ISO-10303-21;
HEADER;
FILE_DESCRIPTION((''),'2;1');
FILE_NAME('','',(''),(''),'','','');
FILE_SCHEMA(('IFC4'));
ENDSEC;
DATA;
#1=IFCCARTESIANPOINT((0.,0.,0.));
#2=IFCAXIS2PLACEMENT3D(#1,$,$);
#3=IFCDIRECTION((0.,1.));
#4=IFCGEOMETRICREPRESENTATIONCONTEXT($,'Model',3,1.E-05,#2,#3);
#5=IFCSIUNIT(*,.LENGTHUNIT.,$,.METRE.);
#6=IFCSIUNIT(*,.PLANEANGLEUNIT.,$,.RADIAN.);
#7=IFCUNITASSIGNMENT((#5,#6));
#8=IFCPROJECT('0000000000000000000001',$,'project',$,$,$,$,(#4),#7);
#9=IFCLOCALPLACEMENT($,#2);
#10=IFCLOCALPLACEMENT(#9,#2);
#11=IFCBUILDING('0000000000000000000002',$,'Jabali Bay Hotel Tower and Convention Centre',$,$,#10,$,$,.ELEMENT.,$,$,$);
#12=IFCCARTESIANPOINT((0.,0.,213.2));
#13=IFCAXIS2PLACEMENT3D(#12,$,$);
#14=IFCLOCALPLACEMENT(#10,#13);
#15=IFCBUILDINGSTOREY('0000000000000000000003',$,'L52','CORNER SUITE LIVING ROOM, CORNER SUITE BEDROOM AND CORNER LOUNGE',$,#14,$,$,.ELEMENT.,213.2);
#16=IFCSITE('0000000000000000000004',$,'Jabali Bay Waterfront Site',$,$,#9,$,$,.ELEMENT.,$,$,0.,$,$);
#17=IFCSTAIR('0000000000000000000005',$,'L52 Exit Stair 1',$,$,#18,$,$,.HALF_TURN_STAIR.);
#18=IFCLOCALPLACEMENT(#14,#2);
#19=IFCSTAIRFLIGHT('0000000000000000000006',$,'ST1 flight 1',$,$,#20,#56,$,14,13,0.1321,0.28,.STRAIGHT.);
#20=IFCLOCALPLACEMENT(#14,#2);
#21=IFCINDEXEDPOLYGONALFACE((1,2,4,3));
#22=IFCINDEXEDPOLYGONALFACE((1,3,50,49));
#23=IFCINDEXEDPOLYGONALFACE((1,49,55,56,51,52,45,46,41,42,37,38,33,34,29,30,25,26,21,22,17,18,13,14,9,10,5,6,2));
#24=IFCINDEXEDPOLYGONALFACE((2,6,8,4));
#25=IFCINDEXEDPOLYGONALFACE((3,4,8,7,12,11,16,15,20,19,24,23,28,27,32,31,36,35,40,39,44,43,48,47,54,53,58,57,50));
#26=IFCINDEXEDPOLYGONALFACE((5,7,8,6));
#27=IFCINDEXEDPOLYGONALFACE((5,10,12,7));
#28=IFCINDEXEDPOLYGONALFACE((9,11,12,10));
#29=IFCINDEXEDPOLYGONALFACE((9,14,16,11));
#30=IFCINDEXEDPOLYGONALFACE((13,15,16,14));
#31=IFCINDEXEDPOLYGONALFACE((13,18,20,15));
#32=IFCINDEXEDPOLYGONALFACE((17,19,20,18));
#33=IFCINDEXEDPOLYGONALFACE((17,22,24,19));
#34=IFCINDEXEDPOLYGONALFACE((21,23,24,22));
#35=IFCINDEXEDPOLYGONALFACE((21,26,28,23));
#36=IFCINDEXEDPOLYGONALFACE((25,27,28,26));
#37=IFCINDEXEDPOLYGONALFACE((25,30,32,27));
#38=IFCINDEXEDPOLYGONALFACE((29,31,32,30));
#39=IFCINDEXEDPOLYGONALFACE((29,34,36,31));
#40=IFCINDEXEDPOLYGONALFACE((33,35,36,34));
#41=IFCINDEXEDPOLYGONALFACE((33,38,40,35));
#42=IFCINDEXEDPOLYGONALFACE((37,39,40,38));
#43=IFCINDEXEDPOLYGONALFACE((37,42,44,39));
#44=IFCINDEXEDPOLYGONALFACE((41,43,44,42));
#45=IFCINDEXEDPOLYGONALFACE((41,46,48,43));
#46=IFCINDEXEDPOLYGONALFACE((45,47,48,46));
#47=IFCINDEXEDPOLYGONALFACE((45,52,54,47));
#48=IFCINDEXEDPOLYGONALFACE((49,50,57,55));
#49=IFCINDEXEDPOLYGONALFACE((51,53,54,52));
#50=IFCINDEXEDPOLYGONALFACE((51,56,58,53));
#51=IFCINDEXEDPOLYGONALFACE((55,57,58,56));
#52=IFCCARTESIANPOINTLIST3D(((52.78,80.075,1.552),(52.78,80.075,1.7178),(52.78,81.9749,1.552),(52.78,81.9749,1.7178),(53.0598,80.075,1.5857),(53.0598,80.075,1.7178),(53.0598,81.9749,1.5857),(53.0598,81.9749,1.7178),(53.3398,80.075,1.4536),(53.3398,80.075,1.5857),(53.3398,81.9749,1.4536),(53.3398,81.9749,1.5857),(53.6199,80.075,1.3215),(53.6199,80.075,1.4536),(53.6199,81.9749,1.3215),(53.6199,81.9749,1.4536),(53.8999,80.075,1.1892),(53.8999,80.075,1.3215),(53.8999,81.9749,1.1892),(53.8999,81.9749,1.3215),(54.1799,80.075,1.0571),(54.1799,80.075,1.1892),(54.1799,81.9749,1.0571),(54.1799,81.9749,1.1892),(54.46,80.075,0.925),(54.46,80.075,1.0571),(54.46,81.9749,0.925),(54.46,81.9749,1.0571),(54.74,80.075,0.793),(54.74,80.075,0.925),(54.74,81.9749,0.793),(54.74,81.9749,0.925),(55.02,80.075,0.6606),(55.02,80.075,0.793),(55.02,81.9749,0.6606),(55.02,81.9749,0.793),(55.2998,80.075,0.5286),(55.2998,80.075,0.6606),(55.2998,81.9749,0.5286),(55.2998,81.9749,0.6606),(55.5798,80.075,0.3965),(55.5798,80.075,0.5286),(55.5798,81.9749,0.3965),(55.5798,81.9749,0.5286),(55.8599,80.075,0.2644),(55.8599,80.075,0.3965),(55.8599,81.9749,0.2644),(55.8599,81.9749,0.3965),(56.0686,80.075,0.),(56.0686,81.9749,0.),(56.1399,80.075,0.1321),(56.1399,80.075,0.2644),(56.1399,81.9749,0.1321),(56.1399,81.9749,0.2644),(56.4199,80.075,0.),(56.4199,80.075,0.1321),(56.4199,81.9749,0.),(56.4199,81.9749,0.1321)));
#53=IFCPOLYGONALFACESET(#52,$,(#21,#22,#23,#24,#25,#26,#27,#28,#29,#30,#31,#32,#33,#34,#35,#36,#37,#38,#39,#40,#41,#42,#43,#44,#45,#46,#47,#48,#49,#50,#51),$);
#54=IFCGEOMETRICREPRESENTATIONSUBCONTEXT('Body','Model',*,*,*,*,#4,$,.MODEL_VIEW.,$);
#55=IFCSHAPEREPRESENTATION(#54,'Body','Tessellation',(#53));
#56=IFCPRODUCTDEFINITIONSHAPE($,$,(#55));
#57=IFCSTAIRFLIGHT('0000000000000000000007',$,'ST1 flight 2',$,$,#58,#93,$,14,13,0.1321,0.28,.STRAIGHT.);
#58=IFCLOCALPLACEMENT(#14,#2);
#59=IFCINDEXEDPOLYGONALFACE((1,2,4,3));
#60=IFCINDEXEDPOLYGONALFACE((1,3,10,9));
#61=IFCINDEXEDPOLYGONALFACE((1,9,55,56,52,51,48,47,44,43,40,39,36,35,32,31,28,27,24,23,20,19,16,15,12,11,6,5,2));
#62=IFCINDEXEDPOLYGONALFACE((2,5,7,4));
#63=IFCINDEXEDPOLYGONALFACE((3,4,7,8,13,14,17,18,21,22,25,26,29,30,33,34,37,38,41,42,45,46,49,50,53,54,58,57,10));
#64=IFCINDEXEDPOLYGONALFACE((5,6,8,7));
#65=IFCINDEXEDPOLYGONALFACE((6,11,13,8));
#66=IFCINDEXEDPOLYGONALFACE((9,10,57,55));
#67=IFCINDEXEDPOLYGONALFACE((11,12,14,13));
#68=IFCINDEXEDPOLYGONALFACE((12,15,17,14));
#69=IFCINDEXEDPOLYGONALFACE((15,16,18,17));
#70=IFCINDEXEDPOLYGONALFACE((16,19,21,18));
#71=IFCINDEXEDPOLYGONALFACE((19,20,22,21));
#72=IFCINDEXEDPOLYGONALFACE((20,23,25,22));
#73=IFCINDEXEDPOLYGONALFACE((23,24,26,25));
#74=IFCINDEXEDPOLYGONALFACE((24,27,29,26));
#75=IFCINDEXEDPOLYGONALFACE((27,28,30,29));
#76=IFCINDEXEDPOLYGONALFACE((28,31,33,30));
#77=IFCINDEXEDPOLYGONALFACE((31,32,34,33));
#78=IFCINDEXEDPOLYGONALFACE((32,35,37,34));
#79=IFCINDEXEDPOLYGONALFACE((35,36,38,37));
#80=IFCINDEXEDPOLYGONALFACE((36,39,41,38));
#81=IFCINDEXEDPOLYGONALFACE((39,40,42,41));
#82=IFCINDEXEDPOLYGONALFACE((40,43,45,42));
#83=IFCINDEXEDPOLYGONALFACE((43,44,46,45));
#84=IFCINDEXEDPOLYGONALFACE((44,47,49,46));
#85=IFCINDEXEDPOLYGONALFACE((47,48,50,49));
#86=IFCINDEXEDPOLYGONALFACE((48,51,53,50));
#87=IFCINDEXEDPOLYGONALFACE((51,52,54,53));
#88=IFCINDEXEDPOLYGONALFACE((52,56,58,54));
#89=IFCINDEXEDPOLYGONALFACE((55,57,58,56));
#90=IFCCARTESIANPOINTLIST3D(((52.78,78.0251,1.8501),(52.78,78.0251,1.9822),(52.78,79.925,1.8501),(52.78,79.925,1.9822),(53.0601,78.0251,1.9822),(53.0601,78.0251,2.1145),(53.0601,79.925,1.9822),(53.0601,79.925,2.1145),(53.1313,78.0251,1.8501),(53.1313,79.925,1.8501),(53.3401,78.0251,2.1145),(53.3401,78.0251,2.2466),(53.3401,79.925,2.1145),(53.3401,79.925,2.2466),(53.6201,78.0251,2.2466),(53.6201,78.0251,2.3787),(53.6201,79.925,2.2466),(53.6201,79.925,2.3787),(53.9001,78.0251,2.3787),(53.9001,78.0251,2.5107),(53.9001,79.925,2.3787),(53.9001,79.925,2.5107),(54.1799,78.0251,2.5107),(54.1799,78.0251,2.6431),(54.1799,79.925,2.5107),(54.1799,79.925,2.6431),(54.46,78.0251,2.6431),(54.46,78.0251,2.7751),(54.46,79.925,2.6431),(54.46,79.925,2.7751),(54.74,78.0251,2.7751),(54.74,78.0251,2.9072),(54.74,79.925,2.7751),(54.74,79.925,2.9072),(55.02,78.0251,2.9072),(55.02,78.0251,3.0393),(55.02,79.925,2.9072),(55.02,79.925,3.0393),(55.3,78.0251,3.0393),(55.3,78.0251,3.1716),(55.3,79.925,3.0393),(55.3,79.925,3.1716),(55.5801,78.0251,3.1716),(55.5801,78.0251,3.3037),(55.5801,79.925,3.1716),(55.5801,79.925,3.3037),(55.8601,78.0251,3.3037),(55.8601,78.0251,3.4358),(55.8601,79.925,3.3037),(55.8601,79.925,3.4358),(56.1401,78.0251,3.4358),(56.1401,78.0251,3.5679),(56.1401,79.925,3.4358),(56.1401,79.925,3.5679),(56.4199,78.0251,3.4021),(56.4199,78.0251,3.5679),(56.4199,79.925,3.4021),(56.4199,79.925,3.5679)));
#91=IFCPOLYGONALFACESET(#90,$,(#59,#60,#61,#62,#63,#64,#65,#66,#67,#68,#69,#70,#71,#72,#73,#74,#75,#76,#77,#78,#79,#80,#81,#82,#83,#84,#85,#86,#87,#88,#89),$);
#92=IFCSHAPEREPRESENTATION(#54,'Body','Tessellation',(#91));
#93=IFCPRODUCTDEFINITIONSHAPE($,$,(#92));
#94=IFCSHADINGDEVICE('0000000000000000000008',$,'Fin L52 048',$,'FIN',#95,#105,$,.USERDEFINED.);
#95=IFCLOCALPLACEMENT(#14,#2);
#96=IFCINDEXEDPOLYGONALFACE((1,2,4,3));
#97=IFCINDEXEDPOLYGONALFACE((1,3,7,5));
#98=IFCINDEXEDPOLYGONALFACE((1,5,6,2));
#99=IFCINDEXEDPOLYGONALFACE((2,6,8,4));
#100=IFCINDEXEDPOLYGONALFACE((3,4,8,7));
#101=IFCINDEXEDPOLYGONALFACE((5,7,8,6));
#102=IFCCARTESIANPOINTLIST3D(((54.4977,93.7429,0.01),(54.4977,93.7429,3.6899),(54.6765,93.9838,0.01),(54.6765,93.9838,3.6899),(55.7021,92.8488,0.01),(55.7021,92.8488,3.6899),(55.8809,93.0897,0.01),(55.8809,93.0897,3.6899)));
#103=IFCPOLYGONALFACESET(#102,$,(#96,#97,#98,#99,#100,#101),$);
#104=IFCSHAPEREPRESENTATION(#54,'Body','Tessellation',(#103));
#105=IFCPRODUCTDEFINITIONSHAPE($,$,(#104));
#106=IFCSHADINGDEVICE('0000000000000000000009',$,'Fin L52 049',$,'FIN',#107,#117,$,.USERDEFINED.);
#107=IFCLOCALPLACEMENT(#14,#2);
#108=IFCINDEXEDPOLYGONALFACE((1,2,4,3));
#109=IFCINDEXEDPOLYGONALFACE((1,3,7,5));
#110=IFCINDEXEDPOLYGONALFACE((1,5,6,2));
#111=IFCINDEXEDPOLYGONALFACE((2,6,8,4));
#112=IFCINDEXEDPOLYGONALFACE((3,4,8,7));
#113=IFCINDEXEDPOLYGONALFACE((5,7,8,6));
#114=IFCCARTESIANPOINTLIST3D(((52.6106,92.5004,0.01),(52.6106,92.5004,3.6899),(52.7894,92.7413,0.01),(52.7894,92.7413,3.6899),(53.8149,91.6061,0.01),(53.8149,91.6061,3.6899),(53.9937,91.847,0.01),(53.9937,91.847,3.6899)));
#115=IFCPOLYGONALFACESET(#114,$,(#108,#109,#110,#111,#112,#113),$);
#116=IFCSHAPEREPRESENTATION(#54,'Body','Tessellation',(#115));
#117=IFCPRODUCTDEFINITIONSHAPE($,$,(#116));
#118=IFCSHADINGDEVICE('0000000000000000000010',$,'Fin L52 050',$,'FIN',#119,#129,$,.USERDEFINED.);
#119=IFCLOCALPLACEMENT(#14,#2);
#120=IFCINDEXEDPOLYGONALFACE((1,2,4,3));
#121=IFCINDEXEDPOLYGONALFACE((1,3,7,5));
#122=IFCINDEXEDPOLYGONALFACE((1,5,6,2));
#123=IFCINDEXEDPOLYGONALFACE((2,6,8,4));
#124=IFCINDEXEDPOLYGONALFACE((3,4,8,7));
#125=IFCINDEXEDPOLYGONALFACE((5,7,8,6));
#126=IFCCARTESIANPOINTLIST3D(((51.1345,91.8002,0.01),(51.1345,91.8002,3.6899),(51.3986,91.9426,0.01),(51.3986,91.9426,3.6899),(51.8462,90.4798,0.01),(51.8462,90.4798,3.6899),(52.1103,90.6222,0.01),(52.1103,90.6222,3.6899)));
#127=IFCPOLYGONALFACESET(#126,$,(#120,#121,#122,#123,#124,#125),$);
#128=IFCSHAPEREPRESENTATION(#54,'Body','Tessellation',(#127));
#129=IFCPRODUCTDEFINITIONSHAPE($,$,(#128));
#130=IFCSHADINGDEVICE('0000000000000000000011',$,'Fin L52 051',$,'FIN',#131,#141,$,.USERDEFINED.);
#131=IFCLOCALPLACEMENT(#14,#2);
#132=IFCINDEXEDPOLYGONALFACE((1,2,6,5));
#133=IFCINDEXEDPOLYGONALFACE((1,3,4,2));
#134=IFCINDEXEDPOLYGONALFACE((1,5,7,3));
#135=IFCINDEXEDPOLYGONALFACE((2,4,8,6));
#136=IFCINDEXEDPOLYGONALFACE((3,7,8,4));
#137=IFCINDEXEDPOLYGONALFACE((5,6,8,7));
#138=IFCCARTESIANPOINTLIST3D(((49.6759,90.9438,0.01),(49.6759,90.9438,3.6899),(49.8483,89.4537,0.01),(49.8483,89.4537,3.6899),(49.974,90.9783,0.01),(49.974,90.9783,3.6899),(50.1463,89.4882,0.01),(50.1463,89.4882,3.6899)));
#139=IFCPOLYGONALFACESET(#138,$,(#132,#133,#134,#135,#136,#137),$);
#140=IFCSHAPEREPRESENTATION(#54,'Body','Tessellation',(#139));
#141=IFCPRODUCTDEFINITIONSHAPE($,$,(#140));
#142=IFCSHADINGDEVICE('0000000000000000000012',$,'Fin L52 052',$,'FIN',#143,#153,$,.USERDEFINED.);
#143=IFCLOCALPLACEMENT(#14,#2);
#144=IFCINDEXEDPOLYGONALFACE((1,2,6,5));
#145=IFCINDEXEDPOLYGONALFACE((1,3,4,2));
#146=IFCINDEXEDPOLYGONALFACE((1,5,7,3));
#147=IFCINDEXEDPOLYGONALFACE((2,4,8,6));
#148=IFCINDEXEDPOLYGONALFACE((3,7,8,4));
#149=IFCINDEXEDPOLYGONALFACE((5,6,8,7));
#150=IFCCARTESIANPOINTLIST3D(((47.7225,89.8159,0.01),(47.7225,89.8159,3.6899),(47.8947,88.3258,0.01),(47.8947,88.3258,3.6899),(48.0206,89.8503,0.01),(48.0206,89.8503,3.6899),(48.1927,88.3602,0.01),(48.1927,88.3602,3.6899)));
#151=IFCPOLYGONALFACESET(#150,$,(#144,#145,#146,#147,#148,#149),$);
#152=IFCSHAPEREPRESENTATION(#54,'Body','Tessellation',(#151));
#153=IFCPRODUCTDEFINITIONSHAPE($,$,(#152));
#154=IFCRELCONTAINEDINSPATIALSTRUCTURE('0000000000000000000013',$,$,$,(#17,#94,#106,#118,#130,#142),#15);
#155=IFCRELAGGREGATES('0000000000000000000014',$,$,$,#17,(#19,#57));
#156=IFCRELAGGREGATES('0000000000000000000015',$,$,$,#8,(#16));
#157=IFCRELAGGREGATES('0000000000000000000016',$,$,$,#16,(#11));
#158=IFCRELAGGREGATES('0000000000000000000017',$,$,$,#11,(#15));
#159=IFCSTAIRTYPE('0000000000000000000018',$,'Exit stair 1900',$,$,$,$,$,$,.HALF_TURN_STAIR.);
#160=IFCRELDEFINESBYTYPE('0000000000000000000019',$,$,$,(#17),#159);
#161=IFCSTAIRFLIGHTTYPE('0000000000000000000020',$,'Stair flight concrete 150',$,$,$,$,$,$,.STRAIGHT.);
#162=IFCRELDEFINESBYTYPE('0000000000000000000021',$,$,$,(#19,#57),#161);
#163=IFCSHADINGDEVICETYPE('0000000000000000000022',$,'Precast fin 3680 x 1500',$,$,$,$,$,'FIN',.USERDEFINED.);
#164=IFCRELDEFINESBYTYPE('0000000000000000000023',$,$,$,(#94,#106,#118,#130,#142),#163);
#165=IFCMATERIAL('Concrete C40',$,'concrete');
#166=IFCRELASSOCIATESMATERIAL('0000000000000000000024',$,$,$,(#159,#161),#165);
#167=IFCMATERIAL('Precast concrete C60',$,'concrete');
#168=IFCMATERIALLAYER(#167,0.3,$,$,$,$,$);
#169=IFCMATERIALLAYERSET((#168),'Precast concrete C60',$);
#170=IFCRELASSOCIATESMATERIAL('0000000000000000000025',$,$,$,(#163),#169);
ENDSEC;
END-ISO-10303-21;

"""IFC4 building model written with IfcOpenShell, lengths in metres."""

from ifc_helpers import new_model, si_unit, direction, frame, frame_2d, origin, place, context, subcontext, project, spatial, polyline, rectangle, outline, extrude, material, layer, layer_set, type_object, element, aggregate, save


model = new_model("IFC4")

# Units and contexts
model_context = context("Model", 3, precision=1e-05, world=origin(), true_north=direction((0.0, 1.0)))
body_context = subcontext(model_context, "Body", "Model", "MODEL_VIEW")
ifc_project = project(units=[si_unit("LENGTHUNIT", "METRE"), si_unit("PLANEANGLEUNIT", "RADIAN")], contexts=[model_context])

# Site, building, storey
site_placement = place(None, origin())
site = spatial("IfcSite", under=ifc_project, at=site_placement, Name="Jabali Bay Waterfront Site", CompositionType="ELEMENT", RefElevation=0.0)
building_placement = place(site_placement, origin())
building = spatial("IfcBuilding", under=site, at=building_placement, Name="Jabali Bay Hotel Tower and Convention Centre", CompositionType="ELEMENT")
storey_placement = place(building_placement, frame((0.0, 0.0, 213.2)))
storey = spatial("IfcBuildingStorey", under=building, at=storey_placement, Name="L52", Description="CORNER SUITE LIVING ROOM, CORNER SUITE BEDROOM AND CORNER LOUNGE", CompositionType="ELEMENT", Elevation=213.2)

# Shared definitions
ifc_material_1 = material(Name="Concrete C40", Category="concrete")

# Stair, stair flights
stair_type = type_object("IfcStairType", Name="Exit stair 1900", PredefinedType="HALF_TURN_STAIR", material=ifc_material_1)
stair_placement = place(storey_placement, origin())
stair = element("IfcStair", 1, at=stair_placement, inside=storey, type_object=stair_type, Name="L52 Exit Stair 1", PredefinedType="HALF_TURN_STAIR")
stair_flight_type = type_object("IfcStairFlightType", Name="Stair flight concrete 150", PredefinedType="STRAIGHT", material=ifc_material_1)
stair_flight_1_placement = place(storey_placement, frame((56.4199, 81.0249, 0.0), z_axis=(0.0, 0.0, 1.0), x_axis=(-1.0, 0.0, 0.0)))
stair_flight_1 = element("IfcStairFlight", 2, at=stair_flight_1_placement, type_object=stair_flight_type, Name="ST1 flight 1", NumberOfRisers=14, NumberOfTreads=13, PredefinedType="STRAIGHT", RiserHeight=0.1321, TreadLength=0.28, context=body_context, shape_type="SweptSolid", body=[
    extrude(outline(polyline([(0.0, 0.0), (0.0, 0.1321), (0.28, 0.1321), (0.28, 0.2644), (0.5601, 0.2644), (0.5601, 0.3965), (0.8401, 0.3965), (0.8401, 0.5286), (1.1201, 0.5286), (1.1201, 0.6606), (1.3999, 0.6606), (1.3999, 0.793), (1.6799, 0.793), (1.6799, 0.925), (1.96, 0.925), (1.96, 1.0571), (2.24, 1.0571), (2.24, 1.1892), (2.52, 1.1892), (2.52, 1.3215), (2.8, 1.3215), (2.8, 1.4536), (3.0801, 1.4536), (3.0801, 1.5857), (3.3601, 1.5857), (3.3601, 1.7178), (3.6399, 1.7178), (3.6399, 1.8501), (3.6399, 1.552), (0.3513, 0.0), (0.0, 0.0)])), frame((0.0, 0.95, 0.0), z_axis=(0.0, -1.0, 0.0), x_axis=(1.0, 0.0, 0.0)), (0.0, 0.0, 1.0), 1.8999),
])
stair_flight_2_placement = place(storey_placement, frame((52.78, 78.9751, 1.8501), z_axis=(0.0, 0.0, 1.0), x_axis=(1.0, 0.0, 0.0)))
stair_flight_2 = element("IfcStairFlight", 3, at=stair_flight_2_placement, type_object=stair_flight_type, Name="ST1 flight 2", NumberOfRisers=14, NumberOfTreads=13, PredefinedType="STRAIGHT", RiserHeight=0.1321, TreadLength=0.28, context=body_context, shape_type="SweptSolid", body=[
    extrude(outline(polyline([(0.0, 0.0), (0.0, 0.1321), (0.28, 0.1321), (0.28, 0.2644), (0.5601, 0.2644), (0.5601, 0.3965), (0.8401, 0.3965), (0.8401, 0.5286), (1.1201, 0.5286), (1.1201, 0.6606), (1.3999, 0.6606), (1.3999, 0.793), (1.6799, 0.793), (1.6799, 0.925), (1.96, 0.925), (1.96, 1.0571), (2.24, 1.0571), (2.24, 1.1892), (2.52, 1.1892), (2.52, 1.3215), (2.8, 1.3215), (2.8, 1.4536), (3.0801, 1.4536), (3.0801, 1.5857), (3.3601, 1.5857), (3.3601, 1.7178), (3.6399, 1.7178), (3.6399, 1.8501), (3.6399, 1.552), (0.3513, 0.0), (0.0, 0.0)])), frame((0.0, 0.95, 0.0), z_axis=(0.0, -1.0, 0.0), x_axis=(1.0, 0.0, 0.0)), (0.0, 0.0, 1.0), 1.8999),
])
aggregate(stair, [stair_flight_1, stair_flight_2])

# Shading devices
ifc_material_2 = material(Name="Precast concrete C60", Category="concrete")
ifc_layer_1 = layer(ifc_material_2, 0.3)
ifc_layer_set_1 = layer_set([ifc_layer_1], Name="Precast concrete C60")
shading_device_type = type_object("IfcShadingDeviceType", Name="Precast fin 3680 x 1500", ElementType="FIN", PredefinedType="USERDEFINED", material=ifc_layer_set_1)
for number, where, z_axis, x_axis, name in (
    (4, (55.7915, 92.9692, 0.01), (0.0, 0.0, 1.0), (-0.80294, 0.59606, 0.0), "Fin L52 048"),
    (5, (53.9043, 91.7266, 0.01), (0.0, 0.0, 1.0), (-0.802862, 0.596165, 0.0), "Fin L52 049"),
    (6, (51.9783, 90.551, 0.01), (0.0, 0.0, 1.0), (-0.474478, 0.880267, 0.0), "Fin L52 050"),
    (7, (49.9973, 89.4709, 0.01), (0.0, 0.0, 1.0), (-0.114914, 0.993375, 0.0), "Fin L52 051"),
    (8, (48.0437, 88.343, 0.01), (0.0, 0.0, 1.0), (-0.114754, 0.993394, 0.0), "Fin L52 052"),
):
    element("IfcShadingDevice", number, at=place(storey_placement, frame(where, z_axis=z_axis, x_axis=x_axis)), inside=storey, type_object=shading_device_type, Name=name, ObjectType="FIN", PredefinedType="USERDEFINED", context=body_context, shape_type="SweptSolid", body=[
        extrude(rectangle(XDim=1.5, YDim=0.3, at=frame_2d((0.75, 0.0))), origin(), (0.0, 0.0, 1.0), 3.6799),
    ])

save(model, "model.ifc")
